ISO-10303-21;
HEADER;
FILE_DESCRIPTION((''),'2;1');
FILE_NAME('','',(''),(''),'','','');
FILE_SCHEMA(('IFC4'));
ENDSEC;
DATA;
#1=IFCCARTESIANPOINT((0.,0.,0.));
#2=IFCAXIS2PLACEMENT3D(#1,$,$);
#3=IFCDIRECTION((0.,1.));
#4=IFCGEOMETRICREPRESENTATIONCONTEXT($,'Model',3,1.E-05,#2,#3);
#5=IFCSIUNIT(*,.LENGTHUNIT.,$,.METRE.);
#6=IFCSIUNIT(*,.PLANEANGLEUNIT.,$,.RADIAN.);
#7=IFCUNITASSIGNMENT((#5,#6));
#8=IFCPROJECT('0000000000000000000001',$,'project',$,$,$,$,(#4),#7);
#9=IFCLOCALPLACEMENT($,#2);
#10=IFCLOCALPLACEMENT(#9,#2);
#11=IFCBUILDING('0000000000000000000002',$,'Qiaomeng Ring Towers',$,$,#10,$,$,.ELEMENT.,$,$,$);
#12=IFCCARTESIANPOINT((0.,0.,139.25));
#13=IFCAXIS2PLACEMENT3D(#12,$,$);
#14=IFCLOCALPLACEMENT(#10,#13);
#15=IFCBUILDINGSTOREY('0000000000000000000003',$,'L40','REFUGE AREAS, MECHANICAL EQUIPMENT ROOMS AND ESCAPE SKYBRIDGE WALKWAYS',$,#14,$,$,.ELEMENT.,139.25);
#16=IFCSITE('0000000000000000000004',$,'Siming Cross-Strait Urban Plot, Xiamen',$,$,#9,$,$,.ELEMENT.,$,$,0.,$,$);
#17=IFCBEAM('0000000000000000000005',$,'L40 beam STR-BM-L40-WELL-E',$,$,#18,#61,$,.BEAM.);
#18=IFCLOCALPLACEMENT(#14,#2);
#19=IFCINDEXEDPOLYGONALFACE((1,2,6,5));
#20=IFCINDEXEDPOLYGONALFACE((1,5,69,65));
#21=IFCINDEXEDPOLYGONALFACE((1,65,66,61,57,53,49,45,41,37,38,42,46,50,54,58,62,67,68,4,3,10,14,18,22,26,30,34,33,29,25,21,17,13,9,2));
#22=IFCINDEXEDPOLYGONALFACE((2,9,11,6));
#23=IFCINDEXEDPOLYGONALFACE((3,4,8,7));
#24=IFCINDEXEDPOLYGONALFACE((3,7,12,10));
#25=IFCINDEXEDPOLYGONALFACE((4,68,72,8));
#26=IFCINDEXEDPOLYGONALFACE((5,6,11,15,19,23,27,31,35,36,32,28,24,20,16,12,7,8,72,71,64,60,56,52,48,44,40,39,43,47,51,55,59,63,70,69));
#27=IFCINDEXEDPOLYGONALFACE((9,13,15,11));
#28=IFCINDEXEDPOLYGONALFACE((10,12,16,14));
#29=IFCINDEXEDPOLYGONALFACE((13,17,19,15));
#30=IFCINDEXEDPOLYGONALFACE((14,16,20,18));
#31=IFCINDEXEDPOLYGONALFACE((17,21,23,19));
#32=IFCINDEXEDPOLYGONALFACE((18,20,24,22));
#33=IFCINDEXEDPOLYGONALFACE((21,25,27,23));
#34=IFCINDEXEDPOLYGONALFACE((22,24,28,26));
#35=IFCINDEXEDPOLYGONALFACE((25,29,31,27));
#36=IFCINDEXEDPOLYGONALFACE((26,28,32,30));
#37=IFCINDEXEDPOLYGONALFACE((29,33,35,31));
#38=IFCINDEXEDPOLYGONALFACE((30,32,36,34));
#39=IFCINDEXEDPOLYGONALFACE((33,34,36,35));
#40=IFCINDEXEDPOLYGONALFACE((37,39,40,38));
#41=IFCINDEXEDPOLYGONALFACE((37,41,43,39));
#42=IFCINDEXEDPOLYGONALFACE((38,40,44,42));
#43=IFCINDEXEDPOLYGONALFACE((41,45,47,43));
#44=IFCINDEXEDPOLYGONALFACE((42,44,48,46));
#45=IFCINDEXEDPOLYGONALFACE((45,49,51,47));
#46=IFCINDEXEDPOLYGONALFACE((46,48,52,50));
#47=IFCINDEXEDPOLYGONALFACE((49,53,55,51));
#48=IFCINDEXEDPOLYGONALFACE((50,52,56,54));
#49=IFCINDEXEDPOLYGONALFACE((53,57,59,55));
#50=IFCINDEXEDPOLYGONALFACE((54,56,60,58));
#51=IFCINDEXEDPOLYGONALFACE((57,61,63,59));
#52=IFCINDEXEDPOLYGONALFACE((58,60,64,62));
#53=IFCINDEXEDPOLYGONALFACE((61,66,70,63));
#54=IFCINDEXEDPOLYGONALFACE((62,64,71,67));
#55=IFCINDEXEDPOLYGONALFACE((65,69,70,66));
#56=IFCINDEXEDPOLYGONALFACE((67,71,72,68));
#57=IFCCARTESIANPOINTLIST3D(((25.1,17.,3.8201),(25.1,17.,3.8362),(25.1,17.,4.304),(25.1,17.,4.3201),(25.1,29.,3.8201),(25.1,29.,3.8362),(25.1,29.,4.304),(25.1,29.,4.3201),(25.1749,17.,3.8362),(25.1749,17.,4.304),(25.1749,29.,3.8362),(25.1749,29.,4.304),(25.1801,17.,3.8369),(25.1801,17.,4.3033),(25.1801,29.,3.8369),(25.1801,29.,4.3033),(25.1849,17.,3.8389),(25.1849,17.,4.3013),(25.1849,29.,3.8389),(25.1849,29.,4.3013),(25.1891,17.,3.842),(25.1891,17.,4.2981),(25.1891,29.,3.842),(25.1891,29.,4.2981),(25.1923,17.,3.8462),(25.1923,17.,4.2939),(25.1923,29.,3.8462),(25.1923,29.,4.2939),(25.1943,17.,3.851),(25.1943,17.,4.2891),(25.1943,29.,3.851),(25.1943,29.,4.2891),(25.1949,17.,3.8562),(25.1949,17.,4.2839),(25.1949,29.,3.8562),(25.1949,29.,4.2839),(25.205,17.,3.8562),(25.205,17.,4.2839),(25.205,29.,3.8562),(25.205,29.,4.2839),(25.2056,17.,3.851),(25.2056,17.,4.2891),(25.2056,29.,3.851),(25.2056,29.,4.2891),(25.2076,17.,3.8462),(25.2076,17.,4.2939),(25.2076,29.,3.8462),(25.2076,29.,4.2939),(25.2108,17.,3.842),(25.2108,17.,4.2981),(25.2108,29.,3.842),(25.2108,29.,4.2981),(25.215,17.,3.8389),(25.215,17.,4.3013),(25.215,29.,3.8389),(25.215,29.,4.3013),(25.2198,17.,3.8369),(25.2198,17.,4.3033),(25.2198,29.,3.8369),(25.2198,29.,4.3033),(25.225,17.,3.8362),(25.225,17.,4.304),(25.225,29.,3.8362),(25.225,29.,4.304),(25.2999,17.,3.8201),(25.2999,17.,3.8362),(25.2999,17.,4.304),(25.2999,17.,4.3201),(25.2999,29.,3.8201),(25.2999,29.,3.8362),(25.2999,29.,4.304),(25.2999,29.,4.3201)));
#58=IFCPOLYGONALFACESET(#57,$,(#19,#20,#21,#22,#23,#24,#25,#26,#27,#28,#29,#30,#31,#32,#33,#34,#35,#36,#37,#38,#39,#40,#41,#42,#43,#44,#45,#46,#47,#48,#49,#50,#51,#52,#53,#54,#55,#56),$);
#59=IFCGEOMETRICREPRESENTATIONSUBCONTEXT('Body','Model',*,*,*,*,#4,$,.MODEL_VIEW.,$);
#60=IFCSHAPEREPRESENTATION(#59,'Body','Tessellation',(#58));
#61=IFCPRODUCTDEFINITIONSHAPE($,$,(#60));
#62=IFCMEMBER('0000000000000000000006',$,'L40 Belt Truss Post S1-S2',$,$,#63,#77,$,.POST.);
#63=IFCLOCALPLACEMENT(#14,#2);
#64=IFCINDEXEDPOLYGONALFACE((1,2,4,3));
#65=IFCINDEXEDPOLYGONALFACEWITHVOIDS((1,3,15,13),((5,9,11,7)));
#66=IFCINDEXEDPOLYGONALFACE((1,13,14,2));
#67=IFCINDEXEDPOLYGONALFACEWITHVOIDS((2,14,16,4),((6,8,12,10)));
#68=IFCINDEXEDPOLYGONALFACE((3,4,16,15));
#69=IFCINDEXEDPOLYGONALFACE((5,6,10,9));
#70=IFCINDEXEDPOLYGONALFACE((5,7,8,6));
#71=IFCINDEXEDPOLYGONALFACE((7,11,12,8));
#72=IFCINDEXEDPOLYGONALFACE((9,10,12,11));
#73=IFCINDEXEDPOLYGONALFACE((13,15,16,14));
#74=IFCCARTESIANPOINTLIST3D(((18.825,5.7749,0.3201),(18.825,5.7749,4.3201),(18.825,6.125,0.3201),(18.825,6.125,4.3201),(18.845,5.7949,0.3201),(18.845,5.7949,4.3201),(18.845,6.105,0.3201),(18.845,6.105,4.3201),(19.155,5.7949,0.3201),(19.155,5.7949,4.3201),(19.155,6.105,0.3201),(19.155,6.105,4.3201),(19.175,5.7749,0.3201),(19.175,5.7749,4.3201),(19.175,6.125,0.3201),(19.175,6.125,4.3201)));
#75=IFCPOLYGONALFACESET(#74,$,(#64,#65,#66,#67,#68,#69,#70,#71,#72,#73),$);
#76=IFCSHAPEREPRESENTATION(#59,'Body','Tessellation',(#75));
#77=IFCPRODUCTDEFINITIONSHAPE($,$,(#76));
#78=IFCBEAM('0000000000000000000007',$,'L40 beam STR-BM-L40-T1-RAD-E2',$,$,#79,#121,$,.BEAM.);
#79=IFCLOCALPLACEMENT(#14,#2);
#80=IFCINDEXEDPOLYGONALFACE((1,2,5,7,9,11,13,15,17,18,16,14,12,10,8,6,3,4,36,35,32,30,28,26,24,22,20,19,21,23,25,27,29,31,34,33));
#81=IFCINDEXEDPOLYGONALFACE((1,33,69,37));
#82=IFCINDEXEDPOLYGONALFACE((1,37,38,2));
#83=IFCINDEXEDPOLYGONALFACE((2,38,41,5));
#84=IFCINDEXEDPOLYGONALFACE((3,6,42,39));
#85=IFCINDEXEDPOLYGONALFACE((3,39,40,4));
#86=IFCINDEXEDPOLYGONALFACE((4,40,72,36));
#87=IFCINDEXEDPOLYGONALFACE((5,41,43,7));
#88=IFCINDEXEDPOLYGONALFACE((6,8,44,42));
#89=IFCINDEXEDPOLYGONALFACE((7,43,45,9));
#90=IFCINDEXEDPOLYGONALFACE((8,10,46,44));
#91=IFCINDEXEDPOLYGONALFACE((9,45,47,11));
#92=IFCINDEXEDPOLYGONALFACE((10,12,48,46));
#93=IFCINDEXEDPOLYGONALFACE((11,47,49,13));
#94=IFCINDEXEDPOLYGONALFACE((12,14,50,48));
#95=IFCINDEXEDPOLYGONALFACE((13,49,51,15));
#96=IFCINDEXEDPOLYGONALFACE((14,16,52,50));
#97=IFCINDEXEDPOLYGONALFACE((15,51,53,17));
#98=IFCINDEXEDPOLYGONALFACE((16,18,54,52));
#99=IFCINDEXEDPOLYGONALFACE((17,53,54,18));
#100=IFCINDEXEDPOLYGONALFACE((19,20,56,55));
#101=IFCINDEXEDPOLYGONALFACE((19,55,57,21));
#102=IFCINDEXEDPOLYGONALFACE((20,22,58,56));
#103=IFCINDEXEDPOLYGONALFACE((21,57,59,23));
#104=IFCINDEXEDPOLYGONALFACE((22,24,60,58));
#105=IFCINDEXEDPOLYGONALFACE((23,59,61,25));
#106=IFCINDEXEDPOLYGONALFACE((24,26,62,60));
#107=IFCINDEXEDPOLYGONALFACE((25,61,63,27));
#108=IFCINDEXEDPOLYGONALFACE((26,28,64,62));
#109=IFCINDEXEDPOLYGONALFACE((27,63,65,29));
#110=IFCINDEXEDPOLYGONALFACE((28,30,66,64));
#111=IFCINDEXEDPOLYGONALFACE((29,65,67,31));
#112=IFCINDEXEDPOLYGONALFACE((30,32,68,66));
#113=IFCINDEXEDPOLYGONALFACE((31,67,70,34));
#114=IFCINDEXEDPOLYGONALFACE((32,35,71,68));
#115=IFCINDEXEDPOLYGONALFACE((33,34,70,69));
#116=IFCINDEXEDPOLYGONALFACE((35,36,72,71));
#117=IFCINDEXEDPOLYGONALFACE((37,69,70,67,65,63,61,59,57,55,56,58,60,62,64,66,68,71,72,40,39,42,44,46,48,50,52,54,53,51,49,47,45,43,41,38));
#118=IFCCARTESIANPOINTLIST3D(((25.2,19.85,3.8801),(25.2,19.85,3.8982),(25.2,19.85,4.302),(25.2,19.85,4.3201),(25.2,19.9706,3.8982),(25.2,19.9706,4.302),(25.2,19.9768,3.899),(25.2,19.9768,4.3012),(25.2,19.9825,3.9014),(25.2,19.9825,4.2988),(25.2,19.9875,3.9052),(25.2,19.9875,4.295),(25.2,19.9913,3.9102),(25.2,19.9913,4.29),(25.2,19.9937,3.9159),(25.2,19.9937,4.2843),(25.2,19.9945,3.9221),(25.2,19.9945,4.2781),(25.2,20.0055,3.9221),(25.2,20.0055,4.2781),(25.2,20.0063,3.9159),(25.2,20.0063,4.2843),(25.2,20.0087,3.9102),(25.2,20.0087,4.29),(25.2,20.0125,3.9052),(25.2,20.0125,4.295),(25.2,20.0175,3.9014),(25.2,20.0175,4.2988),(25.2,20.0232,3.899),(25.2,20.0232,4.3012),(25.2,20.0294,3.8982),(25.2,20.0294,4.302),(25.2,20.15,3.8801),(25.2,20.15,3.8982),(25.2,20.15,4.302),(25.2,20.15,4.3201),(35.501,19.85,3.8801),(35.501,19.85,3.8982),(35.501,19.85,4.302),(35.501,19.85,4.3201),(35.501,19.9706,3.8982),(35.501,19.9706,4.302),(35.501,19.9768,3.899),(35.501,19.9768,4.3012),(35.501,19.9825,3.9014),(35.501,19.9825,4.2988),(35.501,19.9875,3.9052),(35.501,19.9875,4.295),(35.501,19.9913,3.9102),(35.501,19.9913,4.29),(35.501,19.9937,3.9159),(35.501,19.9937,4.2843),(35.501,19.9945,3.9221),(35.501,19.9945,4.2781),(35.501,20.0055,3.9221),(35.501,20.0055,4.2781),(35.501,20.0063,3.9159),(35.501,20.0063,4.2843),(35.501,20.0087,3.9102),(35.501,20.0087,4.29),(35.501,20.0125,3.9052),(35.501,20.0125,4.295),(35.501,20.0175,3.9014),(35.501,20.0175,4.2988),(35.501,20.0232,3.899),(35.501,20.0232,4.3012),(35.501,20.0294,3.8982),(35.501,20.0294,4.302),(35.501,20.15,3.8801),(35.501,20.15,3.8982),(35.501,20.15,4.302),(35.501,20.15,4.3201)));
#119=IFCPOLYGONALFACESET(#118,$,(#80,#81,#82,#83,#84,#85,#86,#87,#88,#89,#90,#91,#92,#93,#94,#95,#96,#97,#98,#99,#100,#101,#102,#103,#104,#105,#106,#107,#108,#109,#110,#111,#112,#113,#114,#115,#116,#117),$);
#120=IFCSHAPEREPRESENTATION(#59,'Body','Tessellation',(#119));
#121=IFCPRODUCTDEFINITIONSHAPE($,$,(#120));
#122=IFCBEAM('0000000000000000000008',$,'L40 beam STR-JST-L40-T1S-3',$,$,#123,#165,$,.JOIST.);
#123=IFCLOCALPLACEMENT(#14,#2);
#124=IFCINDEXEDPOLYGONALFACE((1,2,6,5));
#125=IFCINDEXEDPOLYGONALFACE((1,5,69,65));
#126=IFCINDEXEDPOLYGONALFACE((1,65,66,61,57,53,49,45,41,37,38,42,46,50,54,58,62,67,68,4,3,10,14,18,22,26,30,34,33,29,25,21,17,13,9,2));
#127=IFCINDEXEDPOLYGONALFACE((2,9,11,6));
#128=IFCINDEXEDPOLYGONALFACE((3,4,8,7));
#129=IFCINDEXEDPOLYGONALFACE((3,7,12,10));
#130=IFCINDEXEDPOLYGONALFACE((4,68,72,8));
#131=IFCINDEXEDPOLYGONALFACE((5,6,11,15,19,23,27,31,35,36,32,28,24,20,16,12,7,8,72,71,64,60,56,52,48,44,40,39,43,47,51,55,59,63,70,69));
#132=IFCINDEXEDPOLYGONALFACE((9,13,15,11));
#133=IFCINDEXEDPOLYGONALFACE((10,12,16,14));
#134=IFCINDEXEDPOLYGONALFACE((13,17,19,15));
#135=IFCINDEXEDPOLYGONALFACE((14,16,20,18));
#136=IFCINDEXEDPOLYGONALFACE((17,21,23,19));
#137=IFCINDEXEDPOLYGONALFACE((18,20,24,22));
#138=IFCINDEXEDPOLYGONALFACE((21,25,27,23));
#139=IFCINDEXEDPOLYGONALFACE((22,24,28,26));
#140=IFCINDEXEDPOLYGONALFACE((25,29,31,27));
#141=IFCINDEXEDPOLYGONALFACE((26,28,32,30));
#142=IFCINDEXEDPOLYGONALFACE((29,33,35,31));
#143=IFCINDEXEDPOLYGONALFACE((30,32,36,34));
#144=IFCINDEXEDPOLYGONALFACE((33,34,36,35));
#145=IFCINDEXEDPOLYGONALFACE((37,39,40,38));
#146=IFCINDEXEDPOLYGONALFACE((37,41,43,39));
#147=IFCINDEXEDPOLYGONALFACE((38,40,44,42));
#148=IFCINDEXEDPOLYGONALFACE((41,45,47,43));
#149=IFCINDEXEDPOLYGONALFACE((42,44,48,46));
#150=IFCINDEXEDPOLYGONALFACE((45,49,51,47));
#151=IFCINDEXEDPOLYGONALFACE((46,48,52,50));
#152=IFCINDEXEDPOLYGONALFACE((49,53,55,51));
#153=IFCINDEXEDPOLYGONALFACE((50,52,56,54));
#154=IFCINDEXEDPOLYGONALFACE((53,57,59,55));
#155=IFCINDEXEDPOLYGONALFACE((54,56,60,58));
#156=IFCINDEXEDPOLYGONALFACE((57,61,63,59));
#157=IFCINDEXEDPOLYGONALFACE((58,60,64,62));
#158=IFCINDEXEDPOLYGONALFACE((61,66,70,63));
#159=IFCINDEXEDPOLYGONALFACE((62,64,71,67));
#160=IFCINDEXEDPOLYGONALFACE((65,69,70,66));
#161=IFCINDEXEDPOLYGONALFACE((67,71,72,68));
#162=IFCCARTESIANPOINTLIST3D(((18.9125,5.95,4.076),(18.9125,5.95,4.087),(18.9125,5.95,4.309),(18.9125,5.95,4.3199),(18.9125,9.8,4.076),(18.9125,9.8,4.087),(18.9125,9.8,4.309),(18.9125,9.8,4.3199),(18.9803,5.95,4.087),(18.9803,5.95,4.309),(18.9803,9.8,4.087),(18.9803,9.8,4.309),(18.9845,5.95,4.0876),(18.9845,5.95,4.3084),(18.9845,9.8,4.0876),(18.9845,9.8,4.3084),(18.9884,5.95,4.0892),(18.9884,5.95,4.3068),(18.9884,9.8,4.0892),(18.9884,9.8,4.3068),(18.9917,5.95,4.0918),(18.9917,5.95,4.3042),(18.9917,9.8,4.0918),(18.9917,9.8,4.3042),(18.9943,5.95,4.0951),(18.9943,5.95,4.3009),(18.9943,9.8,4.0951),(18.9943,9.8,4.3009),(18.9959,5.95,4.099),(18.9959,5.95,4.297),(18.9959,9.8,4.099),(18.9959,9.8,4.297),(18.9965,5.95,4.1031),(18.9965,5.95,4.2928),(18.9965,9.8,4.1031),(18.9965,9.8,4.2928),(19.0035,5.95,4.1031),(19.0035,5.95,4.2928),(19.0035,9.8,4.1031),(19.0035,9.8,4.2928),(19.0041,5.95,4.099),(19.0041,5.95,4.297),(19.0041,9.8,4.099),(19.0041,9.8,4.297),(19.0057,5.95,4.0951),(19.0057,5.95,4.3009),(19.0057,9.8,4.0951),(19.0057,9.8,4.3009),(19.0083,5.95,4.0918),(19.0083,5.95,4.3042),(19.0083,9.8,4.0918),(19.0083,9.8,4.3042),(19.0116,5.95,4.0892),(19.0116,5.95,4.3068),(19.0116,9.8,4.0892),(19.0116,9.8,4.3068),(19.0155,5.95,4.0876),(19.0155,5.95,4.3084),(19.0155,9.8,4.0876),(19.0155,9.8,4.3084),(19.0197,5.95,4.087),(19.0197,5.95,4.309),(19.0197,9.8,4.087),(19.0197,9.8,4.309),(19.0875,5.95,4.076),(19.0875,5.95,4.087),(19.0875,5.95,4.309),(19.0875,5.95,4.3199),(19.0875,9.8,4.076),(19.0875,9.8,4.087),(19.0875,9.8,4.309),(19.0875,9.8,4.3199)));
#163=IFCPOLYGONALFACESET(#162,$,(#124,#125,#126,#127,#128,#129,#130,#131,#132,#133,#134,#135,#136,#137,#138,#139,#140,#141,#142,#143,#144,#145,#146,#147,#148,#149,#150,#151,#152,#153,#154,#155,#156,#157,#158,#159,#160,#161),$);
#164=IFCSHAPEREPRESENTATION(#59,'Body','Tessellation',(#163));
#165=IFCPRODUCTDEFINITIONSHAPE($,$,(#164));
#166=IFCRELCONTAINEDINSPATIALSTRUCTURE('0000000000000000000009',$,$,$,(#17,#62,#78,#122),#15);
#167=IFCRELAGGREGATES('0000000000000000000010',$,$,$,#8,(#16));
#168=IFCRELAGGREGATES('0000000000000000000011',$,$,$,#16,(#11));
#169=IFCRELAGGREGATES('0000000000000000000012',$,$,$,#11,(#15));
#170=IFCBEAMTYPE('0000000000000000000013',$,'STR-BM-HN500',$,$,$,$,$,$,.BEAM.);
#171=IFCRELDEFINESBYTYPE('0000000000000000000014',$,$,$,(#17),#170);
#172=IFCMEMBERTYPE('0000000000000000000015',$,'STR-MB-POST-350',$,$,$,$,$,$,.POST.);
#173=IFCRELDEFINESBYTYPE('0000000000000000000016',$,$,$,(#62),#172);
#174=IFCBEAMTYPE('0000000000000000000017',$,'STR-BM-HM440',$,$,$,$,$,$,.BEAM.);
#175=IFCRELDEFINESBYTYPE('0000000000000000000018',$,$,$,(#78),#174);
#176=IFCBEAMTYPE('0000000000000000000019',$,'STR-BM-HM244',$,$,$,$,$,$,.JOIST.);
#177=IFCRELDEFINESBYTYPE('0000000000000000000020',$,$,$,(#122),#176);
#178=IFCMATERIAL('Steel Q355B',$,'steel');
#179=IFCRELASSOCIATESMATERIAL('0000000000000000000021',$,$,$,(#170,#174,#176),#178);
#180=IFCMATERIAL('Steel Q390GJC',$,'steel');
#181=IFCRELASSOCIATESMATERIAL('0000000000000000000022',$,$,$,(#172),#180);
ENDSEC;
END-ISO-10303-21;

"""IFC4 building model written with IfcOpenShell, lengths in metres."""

from ifc_helpers import new_model, si_unit, direction, frame, origin, origin_2d, place, context, subcontext, project, spatial, hollow_rectangle, i_section, extrude, source, transform, mapped, material, material_profile, profile_set, type_object, element, save


model = new_model("IFC4")

# Units and contexts
model_context = context("Model", 3, precision=1e-05, world=origin(), true_north=direction((0.0, 1.0)))
body_context = subcontext(model_context, "Body", "Model", "MODEL_VIEW")
ifc_project = project(units=[si_unit("LENGTHUNIT", "METRE"), si_unit("PLANEANGLEUNIT", "RADIAN")], contexts=[model_context])

# Site, building, storey
site_placement = place(None, origin())
site = spatial("IfcSite", under=ifc_project, at=site_placement, Name="Siming Cross-Strait Urban Plot, Xiamen", CompositionType="ELEMENT", RefElevation=0.0)
building_placement = place(site_placement, origin())
building = spatial("IfcBuilding", under=site, at=building_placement, Name="Qiaomeng Ring Towers", CompositionType="ELEMENT")
storey_placement = place(building_placement, frame((0.0, 0.0, 139.25)))
storey = spatial("IfcBuildingStorey", under=building, at=storey_placement, Name="L40", Description="REFUGE AREAS, MECHANICAL EQUIPMENT ROOMS AND ESCAPE SKYBRIDGE WALKWAYS", CompositionType="ELEMENT", Elevation=139.25)

# Beam
ifc_material_1 = material(Name="Steel Q355B", Category="steel")
ifc_material_profile_1 = material_profile(ifc_material_1, i_section(OverallWidth=0.2, OverallDepth=0.5, WebThickness=0.01, FlangeThickness=0.0161, FilletRadius=0.02, at=origin_2d()), Name="HN 500x200x10x16")
ifc_profile_set_1 = profile_set([ifc_material_profile_1], Name="Steel Q355B")
beam_type_1 = type_object("IfcBeamType", Name="STR-BM-HN500", PredefinedType="BEAM", material=ifc_profile_set_1)
shared_shape_1 = source(origin(), body_context, "Body", "SweptSolid", [
    extrude(i_section(OverallWidth=0.2, OverallDepth=0.5, WebThickness=0.01, FlangeThickness=0.0161, FilletRadius=0.02, at=origin_2d()), origin(), (0.0, 0.0, 1.0), 12.0),
])
beam_1_placement = place(storey_placement, frame((25.2, 17.0, 4.0701), z_axis=(0.0, 1.0, 0.0), x_axis=(-1.0, 0.0, 0.0)))
element("IfcBeam", 1, at=beam_1_placement, inside=storey, type_object=beam_type_1, Name="L40 beam STR-BM-L40-WELL-E", PredefinedType="BEAM", context=body_context, shape_type="MappedRepresentation", body=[
    mapped(shared_shape_1, transform((0.0, 0.0, 0.0), x_axis=(1.0, 0.0, 0.0), y_axis=(0.0, 1.0, 0.0), z_axis=(0.0, 0.0, 1.0), scale=1.0)),
])

# Member
ifc_material_2 = material(Name="Steel Q390GJC", Category="steel")
ifc_material_profile_2 = material_profile(ifc_material_2, hollow_rectangle(XDim=0.3501, YDim=0.3501, WallThickness=0.02, at=origin_2d()), Name="SHS 350x350x20")
ifc_profile_set_2 = profile_set([ifc_material_profile_2], Name="Steel Q390GJC")
member_type_1 = type_object("IfcMemberType", Name="STR-MB-POST-350", PredefinedType="POST", material=ifc_profile_set_2)
shared_shape_2 = source(origin(), body_context, "Body", "SweptSolid", [
    extrude(hollow_rectangle(XDim=0.3501, YDim=0.3501, WallThickness=0.02, at=origin_2d()), origin(), (0.0, 0.0, 1.0), 4.0),
])
member_1_placement = place(storey_placement, frame((19.0, 5.95, 0.3201), z_axis=(0.0, 0.0, 1.0), x_axis=(1.0, 0.0, 0.0)))
element("IfcMember", 2, at=member_1_placement, inside=storey, type_object=member_type_1, Name="L40 Belt Truss Post S1-S2", PredefinedType="POST", context=body_context, shape_type="MappedRepresentation", body=[
    mapped(shared_shape_2, transform((0.0, 0.0, 0.0), x_axis=(1.0, 0.0, 0.0), y_axis=(0.0, 1.0, 0.0), z_axis=(0.0, 0.0, 1.0), scale=1.0)),
])

# Beams
ifc_material_profile_3 = material_profile(ifc_material_1, i_section(OverallWidth=0.3, OverallDepth=0.4399, WebThickness=0.011, FlangeThickness=0.0181, FilletRadius=0.0239, at=origin_2d()), Name="HM 440x300x11x18")
ifc_profile_set_3 = profile_set([ifc_material_profile_3], Name="Steel Q355B")
beam_type_2 = type_object("IfcBeamType", Name="STR-BM-HM440", PredefinedType="BEAM", material=ifc_profile_set_3)
shared_shape_3 = source(origin(), body_context, "Body", "SweptSolid", [
    extrude(i_section(OverallWidth=0.3, OverallDepth=0.4399, WebThickness=0.011, FlangeThickness=0.0181, FilletRadius=0.0239, at=origin_2d()), origin(), (0.0, 0.0, 1.0), 10.301),
])
beam_2_placement = place(storey_placement, frame((25.2, 20.0, 4.1001), z_axis=(1.0, 0.0, 0.0), x_axis=(0.0, 1.0, 0.0)))
element("IfcBeam", 3, at=beam_2_placement, inside=storey, type_object=beam_type_2, Name="L40 beam STR-BM-L40-T1-RAD-E2", PredefinedType="BEAM", context=body_context, shape_type="MappedRepresentation", body=[
    mapped(shared_shape_3, transform((0.0, 0.0, 0.0), x_axis=(1.0, 0.0, 0.0), y_axis=(0.0, 1.0, 0.0), z_axis=(0.0, 0.0, 1.0), scale=1.0)),
])
ifc_material_profile_4 = material_profile(ifc_material_1, i_section(OverallWidth=0.175, OverallDepth=0.2439, WebThickness=0.0071, FlangeThickness=0.011, FilletRadius=0.0161, at=origin_2d()), Name="HM 244x175x7x11")
ifc_profile_set_4 = profile_set([ifc_material_profile_4], Name="Steel Q355B")
beam_type_3 = type_object("IfcBeamType", Name="STR-BM-HM244", PredefinedType="JOIST", material=ifc_profile_set_4)
shared_shape_4 = source(origin(), body_context, "Body", "SweptSolid", [
    extrude(i_section(OverallWidth=0.175, OverallDepth=0.2439, WebThickness=0.0071, FlangeThickness=0.011, FilletRadius=0.0161, at=origin_2d()), origin(), (0.0, 0.0, 1.0), 3.8501),
])
for number, where, z_axis, x_axis, name in (
    (4, (19.0, 5.95, 4.198), (0.0, 1.0, 0.0), (-1.0, 0.0, 0.0), "L40 beam STR-JST-L40-T1S-3"),
):
    element("IfcBeam", number, at=place(storey_placement, frame(where, z_axis=z_axis, x_axis=x_axis)), inside=storey, type_object=beam_type_3, Name=name, PredefinedType="JOIST", context=body_context, shape_type="MappedRepresentation", body=[
        mapped(shared_shape_4, transform((0.0, 0.0, 0.0), x_axis=(1.0, 0.0, 0.0), y_axis=(0.0, 1.0, 0.0), z_axis=(0.0, 0.0, 1.0), scale=1.0)),
    ])

save(model, "model.ifc")
